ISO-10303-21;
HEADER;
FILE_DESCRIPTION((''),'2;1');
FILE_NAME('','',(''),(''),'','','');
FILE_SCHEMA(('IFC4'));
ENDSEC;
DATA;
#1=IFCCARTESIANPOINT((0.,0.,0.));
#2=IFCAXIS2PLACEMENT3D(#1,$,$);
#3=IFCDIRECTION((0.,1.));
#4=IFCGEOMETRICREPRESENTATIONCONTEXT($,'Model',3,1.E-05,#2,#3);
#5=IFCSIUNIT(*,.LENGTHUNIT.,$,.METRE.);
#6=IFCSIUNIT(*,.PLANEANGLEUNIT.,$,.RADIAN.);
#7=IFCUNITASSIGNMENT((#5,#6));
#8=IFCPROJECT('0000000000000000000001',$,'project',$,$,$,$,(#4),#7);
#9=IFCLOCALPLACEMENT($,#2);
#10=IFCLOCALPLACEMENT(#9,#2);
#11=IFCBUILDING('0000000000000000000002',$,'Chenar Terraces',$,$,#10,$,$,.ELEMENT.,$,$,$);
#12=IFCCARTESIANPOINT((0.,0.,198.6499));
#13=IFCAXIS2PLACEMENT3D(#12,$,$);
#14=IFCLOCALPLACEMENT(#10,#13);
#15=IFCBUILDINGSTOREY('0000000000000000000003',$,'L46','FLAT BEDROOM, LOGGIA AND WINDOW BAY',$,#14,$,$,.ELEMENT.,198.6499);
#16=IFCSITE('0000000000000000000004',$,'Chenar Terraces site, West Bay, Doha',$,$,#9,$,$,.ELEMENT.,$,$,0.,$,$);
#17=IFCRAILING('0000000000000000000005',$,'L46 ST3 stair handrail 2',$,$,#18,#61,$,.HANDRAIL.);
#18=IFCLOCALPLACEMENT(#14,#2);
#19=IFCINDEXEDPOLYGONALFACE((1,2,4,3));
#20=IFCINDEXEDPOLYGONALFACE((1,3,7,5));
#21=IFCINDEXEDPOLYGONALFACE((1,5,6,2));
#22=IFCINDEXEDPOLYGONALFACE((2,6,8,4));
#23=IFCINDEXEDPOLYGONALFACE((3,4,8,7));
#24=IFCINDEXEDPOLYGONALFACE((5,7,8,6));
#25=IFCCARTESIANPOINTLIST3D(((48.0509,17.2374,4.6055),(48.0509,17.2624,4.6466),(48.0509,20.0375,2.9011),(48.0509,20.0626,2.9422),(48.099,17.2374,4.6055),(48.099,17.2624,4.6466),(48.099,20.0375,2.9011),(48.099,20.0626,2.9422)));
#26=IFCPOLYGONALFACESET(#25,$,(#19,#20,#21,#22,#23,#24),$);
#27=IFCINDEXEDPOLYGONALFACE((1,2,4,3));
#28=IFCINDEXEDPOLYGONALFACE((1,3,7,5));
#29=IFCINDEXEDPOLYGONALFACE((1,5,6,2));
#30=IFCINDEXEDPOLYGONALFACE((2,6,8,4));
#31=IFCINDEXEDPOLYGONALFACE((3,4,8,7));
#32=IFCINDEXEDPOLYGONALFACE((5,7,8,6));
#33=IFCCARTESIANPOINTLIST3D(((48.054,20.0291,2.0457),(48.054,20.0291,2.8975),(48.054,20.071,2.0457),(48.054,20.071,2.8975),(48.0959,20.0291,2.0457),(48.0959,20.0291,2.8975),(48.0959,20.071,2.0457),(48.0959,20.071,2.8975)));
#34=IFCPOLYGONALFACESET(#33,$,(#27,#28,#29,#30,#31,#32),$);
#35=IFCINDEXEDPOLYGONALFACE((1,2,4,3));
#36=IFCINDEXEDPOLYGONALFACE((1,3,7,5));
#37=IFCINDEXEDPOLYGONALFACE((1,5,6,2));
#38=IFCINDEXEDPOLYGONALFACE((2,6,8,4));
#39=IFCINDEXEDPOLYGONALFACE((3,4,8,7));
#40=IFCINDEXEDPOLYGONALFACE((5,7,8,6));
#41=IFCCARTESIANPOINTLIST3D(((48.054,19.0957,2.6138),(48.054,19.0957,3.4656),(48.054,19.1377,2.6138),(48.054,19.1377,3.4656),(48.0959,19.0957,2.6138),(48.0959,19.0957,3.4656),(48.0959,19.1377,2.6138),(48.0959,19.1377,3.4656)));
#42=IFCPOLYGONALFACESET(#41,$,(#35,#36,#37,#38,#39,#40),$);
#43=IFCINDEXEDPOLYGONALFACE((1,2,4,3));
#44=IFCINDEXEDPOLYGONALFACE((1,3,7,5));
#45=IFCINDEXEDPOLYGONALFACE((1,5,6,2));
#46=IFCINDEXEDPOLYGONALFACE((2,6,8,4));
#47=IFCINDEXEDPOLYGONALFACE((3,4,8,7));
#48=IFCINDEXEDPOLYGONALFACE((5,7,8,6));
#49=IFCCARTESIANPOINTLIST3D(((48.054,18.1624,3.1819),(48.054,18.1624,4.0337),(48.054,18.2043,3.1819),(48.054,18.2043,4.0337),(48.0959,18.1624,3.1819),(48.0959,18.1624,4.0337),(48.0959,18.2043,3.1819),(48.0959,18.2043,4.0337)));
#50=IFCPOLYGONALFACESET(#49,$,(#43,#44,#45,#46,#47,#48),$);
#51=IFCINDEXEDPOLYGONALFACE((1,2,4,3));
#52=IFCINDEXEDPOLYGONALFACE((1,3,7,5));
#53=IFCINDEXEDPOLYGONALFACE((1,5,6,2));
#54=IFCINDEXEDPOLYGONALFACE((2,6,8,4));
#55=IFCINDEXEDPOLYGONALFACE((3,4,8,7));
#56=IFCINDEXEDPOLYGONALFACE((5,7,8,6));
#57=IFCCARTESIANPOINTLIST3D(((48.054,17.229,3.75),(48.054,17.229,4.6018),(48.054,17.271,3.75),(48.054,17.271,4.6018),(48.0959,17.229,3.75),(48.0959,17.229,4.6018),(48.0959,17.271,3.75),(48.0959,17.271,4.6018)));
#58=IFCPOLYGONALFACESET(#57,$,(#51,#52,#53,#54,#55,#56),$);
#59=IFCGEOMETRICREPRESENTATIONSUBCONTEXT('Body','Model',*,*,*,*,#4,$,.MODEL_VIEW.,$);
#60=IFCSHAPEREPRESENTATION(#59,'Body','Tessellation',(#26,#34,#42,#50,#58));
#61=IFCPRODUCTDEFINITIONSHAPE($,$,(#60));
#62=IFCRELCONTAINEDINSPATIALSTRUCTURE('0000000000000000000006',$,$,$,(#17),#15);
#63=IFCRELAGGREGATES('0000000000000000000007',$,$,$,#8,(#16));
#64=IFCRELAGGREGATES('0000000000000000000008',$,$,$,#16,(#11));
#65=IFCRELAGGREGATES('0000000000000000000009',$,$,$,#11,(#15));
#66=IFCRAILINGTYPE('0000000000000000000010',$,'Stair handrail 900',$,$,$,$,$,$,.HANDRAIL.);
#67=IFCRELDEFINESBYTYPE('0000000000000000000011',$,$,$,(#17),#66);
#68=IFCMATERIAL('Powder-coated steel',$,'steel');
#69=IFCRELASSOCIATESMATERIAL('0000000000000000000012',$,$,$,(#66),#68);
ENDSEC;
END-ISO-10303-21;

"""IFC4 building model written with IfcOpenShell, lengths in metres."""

from ifc_helpers import new_model, si_unit, direction, frame, origin, origin_2d, place, context, subcontext, project, spatial, rectangle, extrude, material, type_object, element, save


model = new_model("IFC4")

# Units and contexts
model_context = context("Model", 3, precision=1e-05, world=origin(), true_north=direction((0.0, 1.0)))
body_context = subcontext(model_context, "Body", "Model", "MODEL_VIEW")
ifc_project = project(units=[si_unit("LENGTHUNIT", "METRE"), si_unit("PLANEANGLEUNIT", "RADIAN")], contexts=[model_context])

# Site, building, storey
site_placement = place(None, origin())
site = spatial("IfcSite", under=ifc_project, at=site_placement, Name="Chenar Terraces site, West Bay, Doha", CompositionType="ELEMENT", RefElevation=0.0)
building_placement = place(site_placement, origin())
building = spatial("IfcBuilding", under=site, at=building_placement, Name="Chenar Terraces", CompositionType="ELEMENT")
storey_placement = place(building_placement, frame((0.0, 0.0, 198.6499)))
storey = spatial("IfcBuildingStorey", under=building, at=storey_placement, Name="L46", Description="FLAT BEDROOM, LOGGIA AND WINDOW BAY", CompositionType="ELEMENT", Elevation=198.6499)

# Railing
ifc_material_1 = material(Name="Powder-coated steel", Category="steel")
railing_type_1 = type_object("IfcRailingType", Name="Stair handrail 900", PredefinedType="HANDRAIL", material=ifc_material_1)
railing_1_placement = place(storey_placement, frame((48.075, 20.05, 2.0457)))
element("IfcRailing", 1, at=railing_1_placement, inside=storey, type_object=railing_type_1, Name="L46 ST3 stair handrail 2", PredefinedType="HANDRAIL", context=body_context, shape_type="SweptSolid", body=[
    extrude(rectangle(XDim=0.0481, YDim=0.0481, at=origin_2d()), frame((0.0, 0.0, 0.876), z_axis=(0.0, -0.854203, 0.51994), x_axis=(1.0, 0.0, 0.0)), (0.0, 0.0, 1.0), 3.2781),
    extrude(rectangle(XDim=0.042, YDim=0.042, at=origin_2d()), origin(), (0.0, 0.0, 1.0), 0.8518),
    extrude(rectangle(XDim=0.042, YDim=0.042, at=origin_2d()), frame((0.0, -0.9333, 0.5681)), (0.0, 0.0, 1.0), 0.8518),
    extrude(rectangle(XDim=0.042, YDim=0.042, at=origin_2d()), frame((0.0, -1.8667, 1.1362)), (0.0, 0.0, 1.0), 0.8518),
    extrude(rectangle(XDim=0.042, YDim=0.042, at=origin_2d()), frame((0.0, -2.8, 1.7043)), (0.0, 0.0, 1.0), 0.8518),
])

save(model, "model.ifc")
